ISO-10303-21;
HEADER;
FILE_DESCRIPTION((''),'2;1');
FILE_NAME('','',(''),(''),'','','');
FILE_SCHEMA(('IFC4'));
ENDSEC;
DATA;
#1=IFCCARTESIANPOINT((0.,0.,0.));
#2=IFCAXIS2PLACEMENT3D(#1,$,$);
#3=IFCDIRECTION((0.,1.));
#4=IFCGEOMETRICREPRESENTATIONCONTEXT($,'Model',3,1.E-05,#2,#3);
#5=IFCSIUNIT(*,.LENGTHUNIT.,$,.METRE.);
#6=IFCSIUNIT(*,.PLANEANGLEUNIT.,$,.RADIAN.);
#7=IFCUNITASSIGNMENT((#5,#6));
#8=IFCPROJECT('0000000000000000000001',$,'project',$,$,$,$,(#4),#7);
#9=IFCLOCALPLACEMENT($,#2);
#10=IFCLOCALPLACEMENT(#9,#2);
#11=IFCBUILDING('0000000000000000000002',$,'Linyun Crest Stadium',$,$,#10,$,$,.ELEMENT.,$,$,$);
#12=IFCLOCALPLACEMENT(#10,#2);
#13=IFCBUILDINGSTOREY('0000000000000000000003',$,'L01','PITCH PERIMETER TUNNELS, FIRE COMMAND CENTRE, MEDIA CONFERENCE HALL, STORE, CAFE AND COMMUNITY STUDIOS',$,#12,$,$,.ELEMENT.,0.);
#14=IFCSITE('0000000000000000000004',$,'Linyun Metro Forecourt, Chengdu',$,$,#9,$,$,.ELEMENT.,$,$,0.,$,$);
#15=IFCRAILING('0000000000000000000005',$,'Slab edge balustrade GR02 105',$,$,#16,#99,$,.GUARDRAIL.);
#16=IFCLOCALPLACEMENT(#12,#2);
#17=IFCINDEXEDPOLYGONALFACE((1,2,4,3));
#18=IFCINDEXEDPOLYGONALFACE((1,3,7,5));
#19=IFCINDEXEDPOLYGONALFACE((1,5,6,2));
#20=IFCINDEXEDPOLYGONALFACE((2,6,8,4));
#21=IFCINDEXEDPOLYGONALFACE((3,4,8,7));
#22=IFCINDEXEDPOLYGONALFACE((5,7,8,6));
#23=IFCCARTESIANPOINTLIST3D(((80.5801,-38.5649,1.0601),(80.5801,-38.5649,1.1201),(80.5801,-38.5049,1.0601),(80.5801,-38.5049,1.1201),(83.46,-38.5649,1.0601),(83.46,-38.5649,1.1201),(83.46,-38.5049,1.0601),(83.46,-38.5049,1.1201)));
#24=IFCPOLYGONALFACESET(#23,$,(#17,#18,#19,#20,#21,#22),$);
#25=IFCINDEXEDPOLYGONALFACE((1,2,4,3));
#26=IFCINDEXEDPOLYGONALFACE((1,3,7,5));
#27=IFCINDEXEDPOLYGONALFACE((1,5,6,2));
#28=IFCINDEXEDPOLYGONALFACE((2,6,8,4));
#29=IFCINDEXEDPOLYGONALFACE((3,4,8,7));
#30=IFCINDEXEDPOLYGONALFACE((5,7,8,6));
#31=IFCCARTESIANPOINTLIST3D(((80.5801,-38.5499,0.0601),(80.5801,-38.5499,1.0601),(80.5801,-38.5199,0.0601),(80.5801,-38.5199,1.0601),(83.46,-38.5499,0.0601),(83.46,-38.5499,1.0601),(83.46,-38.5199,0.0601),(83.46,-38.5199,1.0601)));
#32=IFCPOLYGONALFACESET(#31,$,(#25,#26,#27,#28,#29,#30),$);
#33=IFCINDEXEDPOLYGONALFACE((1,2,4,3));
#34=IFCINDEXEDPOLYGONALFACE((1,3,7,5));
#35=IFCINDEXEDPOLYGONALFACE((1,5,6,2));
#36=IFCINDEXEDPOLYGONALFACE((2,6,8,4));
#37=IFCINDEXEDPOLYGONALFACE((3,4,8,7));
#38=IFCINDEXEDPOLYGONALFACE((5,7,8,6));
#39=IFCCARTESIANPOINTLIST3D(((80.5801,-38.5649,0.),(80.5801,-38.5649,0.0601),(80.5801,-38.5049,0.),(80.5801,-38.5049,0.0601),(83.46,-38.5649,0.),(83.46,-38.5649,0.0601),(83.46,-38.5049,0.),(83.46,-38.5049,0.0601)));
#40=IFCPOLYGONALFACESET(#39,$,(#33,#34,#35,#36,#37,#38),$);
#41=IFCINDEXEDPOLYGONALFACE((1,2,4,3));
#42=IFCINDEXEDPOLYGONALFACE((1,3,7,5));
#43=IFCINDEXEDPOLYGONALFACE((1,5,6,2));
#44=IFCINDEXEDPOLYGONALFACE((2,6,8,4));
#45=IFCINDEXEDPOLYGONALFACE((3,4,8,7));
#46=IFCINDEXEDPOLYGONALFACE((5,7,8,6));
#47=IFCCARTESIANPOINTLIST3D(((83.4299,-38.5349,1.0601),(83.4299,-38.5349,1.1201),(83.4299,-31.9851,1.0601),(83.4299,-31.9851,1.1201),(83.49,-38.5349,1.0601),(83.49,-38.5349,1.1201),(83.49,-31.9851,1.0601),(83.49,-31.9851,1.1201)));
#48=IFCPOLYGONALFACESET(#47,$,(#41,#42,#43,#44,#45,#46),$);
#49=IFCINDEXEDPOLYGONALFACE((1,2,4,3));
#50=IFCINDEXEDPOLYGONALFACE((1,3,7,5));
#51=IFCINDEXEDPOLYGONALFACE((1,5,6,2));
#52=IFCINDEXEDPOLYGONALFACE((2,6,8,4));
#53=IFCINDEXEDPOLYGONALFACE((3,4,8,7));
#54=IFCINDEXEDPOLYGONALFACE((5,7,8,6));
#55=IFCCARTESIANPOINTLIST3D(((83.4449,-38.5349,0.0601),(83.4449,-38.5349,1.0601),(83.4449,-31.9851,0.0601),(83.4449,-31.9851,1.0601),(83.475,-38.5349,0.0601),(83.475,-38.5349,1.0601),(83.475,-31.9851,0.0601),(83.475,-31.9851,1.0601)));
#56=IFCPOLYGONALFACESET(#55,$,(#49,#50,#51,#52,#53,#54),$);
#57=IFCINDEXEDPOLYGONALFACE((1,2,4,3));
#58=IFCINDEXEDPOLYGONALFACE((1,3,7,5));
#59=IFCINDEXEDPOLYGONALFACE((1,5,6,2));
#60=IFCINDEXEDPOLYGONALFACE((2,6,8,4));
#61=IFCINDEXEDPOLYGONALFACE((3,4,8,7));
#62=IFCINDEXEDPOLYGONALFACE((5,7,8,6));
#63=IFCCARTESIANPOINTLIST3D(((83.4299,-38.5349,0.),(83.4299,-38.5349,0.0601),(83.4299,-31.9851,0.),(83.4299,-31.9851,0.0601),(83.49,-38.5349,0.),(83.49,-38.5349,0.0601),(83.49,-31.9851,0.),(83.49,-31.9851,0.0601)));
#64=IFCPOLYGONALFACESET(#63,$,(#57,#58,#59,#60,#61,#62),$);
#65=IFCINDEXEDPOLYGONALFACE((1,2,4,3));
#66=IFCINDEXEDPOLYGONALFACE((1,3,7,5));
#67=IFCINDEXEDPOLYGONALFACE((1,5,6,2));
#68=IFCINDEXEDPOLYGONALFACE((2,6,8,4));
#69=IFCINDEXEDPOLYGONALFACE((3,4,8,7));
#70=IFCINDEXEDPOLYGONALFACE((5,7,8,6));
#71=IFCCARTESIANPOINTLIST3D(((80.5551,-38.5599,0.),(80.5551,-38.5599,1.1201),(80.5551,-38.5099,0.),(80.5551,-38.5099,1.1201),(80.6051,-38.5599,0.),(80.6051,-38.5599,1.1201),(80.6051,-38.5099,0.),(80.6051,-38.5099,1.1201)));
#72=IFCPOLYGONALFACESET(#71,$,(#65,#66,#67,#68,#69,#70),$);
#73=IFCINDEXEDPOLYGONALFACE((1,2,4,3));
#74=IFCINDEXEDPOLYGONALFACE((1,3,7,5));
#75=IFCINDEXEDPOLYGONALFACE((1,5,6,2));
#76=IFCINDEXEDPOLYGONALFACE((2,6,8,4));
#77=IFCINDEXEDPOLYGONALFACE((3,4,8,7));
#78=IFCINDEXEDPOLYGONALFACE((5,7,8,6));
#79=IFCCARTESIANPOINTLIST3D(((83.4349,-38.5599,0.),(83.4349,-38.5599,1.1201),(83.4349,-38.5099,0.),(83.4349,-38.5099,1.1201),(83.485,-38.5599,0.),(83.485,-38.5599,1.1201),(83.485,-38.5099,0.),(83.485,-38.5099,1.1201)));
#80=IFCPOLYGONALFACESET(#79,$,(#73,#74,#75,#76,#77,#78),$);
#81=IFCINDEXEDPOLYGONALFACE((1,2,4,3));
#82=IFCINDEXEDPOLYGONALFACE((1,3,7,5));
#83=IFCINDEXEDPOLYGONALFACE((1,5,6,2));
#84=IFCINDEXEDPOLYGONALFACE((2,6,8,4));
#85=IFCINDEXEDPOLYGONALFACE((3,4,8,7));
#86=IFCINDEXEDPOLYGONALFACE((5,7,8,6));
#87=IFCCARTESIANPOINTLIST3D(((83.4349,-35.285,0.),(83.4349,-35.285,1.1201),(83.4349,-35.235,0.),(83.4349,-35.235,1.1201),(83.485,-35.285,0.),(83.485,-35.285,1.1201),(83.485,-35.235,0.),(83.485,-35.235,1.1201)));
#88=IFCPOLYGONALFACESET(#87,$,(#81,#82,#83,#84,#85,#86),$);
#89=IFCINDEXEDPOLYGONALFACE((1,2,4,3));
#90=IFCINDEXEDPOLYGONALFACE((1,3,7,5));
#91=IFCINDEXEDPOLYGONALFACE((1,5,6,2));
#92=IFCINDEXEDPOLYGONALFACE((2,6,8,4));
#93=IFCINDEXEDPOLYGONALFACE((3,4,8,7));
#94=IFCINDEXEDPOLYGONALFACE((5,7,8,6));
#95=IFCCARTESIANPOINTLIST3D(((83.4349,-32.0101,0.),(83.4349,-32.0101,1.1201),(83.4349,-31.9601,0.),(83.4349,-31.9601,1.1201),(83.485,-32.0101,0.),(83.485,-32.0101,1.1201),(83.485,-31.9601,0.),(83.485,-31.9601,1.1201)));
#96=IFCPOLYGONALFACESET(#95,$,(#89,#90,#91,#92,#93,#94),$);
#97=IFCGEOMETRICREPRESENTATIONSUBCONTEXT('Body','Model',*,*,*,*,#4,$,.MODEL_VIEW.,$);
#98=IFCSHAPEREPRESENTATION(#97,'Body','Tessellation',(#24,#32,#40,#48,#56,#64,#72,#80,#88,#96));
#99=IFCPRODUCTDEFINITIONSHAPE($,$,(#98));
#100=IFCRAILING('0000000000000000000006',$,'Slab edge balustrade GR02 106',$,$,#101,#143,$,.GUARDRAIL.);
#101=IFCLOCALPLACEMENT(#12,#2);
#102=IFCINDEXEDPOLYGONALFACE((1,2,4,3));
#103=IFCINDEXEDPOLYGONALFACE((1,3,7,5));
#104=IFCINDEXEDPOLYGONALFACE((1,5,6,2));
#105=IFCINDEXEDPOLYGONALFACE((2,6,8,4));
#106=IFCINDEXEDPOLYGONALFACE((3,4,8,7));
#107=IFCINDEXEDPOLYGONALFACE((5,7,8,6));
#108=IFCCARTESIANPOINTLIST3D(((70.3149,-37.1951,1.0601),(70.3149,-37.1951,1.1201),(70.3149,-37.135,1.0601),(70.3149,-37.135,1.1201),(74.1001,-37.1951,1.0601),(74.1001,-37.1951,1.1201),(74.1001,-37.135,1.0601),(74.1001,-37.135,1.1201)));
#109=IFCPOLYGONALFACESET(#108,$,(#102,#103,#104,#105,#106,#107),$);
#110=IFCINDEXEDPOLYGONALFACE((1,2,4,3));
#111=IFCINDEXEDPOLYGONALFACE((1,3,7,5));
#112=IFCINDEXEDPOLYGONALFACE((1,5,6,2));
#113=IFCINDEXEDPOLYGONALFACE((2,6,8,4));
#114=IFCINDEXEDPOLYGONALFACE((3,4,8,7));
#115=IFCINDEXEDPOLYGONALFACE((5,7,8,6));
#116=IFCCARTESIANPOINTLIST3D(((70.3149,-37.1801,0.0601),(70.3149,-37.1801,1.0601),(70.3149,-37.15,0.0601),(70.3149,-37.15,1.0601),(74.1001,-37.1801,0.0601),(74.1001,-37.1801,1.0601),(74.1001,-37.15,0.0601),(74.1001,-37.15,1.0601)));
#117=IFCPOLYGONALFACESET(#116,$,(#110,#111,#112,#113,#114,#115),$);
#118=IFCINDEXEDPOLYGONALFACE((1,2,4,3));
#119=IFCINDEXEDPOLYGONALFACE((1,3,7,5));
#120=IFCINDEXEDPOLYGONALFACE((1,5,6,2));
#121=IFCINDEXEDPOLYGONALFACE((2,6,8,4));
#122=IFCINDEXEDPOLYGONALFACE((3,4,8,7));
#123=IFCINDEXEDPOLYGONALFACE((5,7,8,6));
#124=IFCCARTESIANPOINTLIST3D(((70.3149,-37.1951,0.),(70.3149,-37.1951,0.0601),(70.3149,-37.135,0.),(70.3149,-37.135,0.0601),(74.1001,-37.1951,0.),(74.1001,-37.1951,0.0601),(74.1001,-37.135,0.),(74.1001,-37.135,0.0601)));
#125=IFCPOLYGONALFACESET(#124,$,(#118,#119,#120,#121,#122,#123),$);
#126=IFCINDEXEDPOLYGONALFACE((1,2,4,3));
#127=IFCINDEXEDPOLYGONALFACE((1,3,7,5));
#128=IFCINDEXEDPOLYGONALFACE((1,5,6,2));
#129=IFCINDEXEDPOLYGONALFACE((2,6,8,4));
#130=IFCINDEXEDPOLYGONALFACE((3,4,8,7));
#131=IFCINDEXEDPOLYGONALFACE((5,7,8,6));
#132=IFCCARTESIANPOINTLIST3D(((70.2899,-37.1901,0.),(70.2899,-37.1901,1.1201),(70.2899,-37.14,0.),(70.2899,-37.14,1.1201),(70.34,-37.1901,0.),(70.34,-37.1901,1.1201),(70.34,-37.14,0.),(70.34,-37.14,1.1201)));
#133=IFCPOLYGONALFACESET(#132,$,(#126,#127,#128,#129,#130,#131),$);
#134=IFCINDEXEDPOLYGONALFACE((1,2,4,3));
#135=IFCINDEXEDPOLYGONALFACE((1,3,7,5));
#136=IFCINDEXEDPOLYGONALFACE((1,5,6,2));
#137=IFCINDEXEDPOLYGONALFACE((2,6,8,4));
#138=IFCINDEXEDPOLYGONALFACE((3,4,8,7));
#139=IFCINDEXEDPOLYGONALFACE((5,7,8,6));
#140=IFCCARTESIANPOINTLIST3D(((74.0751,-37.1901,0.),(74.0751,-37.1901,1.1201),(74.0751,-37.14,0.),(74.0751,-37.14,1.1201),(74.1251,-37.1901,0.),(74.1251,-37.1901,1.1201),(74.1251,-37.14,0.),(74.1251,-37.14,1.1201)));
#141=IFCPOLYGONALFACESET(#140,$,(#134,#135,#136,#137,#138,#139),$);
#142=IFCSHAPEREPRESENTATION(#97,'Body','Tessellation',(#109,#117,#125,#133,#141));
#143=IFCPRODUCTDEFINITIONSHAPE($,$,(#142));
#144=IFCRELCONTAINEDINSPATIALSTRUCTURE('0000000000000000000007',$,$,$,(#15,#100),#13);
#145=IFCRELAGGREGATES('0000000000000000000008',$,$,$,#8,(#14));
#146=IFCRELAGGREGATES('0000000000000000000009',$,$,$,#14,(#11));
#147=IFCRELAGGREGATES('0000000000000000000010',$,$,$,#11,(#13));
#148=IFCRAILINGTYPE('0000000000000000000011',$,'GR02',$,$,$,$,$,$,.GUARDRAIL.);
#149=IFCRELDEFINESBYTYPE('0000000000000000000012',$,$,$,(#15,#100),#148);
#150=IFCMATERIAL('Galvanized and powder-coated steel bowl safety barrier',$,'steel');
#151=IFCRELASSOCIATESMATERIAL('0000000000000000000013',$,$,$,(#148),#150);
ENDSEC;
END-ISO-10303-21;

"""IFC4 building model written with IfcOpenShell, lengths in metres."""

from ifc_helpers import new_model, si_unit, direction, frame, origin, origin_2d, place, context, subcontext, project, spatial, rectangle, extrude, material, type_object, element, save


model = new_model("IFC4")

# Units and contexts
model_context = context("Model", 3, precision=1e-05, world=origin(), true_north=direction((0.0, 1.0)))
body_context = subcontext(model_context, "Body", "Model", "MODEL_VIEW")
ifc_project = project(units=[si_unit("LENGTHUNIT", "METRE"), si_unit("PLANEANGLEUNIT", "RADIAN")], contexts=[model_context])

# Site, building, storey
site_placement = place(None, origin())
site = spatial("IfcSite", under=ifc_project, at=site_placement, Name="Linyun Metro Forecourt, Chengdu", CompositionType="ELEMENT", RefElevation=0.0)
building_placement = place(site_placement, origin())
building = spatial("IfcBuilding", under=site, at=building_placement, Name="Linyun Crest Stadium", CompositionType="ELEMENT")
storey_placement = place(building_placement, origin())
storey = spatial("IfcBuildingStorey", under=building, at=storey_placement, Name="L01", Description="PITCH PERIMETER TUNNELS, FIRE COMMAND CENTRE, MEDIA CONFERENCE HALL, STORE, CAFE AND COMMUNITY STUDIOS", CompositionType="ELEMENT", Elevation=0.0)

# Railings
ifc_material_1 = material(Name="Galvanized and powder-coated steel bowl safety barrier", Category="steel")
railing_type_1 = type_object("IfcRailingType", Name="GR02", PredefinedType="GUARDRAIL", material=ifc_material_1)
railing_1_placement = place(storey_placement, frame((80.5801, -38.5349, 0.0)))
element("IfcRailing", 1, at=railing_1_placement, inside=storey, type_object=railing_type_1, Name="Slab edge balustrade GR02 105", PredefinedType="GUARDRAIL", context=body_context, shape_type="SweptSolid", body=[
    extrude(rectangle(XDim=0.0601, YDim=0.0601, at=origin_2d()), frame((0.0, 0.0, 1.0901), z_axis=(1.0, 0.0, 0.0), x_axis=(0.0, 1.0, 0.0)), (0.0, 0.0, 1.0), 2.8799),
    extrude(rectangle(XDim=0.03, YDim=1.0, at=origin_2d()), frame((0.0, 0.0, 0.5601), z_axis=(1.0, 0.0, 0.0), x_axis=(0.0, 1.0, 0.0)), (0.0, 0.0, 1.0), 2.8799),
    extrude(rectangle(XDim=0.0601, YDim=0.0601, at=origin_2d()), frame((0.0, 0.0, 0.03), z_axis=(1.0, 0.0, 0.0), x_axis=(0.0, 1.0, 0.0)), (0.0, 0.0, 1.0), 2.8799),
    extrude(rectangle(XDim=0.0601, YDim=0.0601, at=origin_2d()), frame((2.8799, 0.0, 1.0901), z_axis=(0.0, 1.0, 0.0), x_axis=(-1.0, 0.0, 0.0)), (0.0, 0.0, 1.0), 6.5498),
    extrude(rectangle(XDim=0.03, YDim=1.0, at=origin_2d()), frame((2.8799, 0.0, 0.5601), z_axis=(0.0, 1.0, 0.0), x_axis=(-1.0, 0.0, 0.0)), (0.0, 0.0, 1.0), 6.5498),
    extrude(rectangle(XDim=0.0601, YDim=0.0601, at=origin_2d()), frame((2.8799, 0.0, 0.03), z_axis=(0.0, 1.0, 0.0), x_axis=(-1.0, 0.0, 0.0)), (0.0, 0.0, 1.0), 6.5498),
    extrude(rectangle(XDim=0.05, YDim=0.05, at=origin_2d()), origin(), (0.0, 0.0, 1.0), 1.1201),
    extrude(rectangle(XDim=0.05, YDim=0.05, at=origin_2d()), frame((2.8799, 0.0, 0.0)), (0.0, 0.0, 1.0), 1.1201),
    extrude(rectangle(XDim=0.05, YDim=0.05, at=origin_2d()), frame((2.8799, 3.2749, 0.0)), (0.0, 0.0, 1.0), 1.1201),
    extrude(rectangle(XDim=0.05, YDim=0.05, at=origin_2d()), frame((2.8799, 6.5498, 0.0)), (0.0, 0.0, 1.0), 1.1201),
])
railing_2_placement = place(storey_placement, frame((70.3149, -37.165, 0.0)))
element("IfcRailing", 2, at=railing_2_placement, inside=storey, type_object=railing_type_1, Name="Slab edge balustrade GR02 106", PredefinedType="GUARDRAIL", context=body_context, shape_type="SweptSolid", body=[
    extrude(rectangle(XDim=0.0601, YDim=0.0601, at=origin_2d()), frame((0.0, 0.0, 1.0901), z_axis=(1.0, 0.0, 0.0), x_axis=(0.0, 1.0, 0.0)), (0.0, 0.0, 1.0), 3.7852),
    extrude(rectangle(XDim=0.03, YDim=1.0, at=origin_2d()), frame((0.0, 0.0, 0.5601), z_axis=(1.0, 0.0, 0.0), x_axis=(0.0, 1.0, 0.0)), (0.0, 0.0, 1.0), 3.7852),
    extrude(rectangle(XDim=0.0601, YDim=0.0601, at=origin_2d()), frame((0.0, 0.0, 0.03), z_axis=(1.0, 0.0, 0.0), x_axis=(0.0, 1.0, 0.0)), (0.0, 0.0, 1.0), 3.7852),
    extrude(rectangle(XDim=0.05, YDim=0.05, at=origin_2d()), origin(), (0.0, 0.0, 1.0), 1.1201),
    extrude(rectangle(XDim=0.05, YDim=0.05, at=origin_2d()), frame((3.7852, 0.0, 0.0)), (0.0, 0.0, 1.0), 1.1201),
])

save(model, "model.ifc")
